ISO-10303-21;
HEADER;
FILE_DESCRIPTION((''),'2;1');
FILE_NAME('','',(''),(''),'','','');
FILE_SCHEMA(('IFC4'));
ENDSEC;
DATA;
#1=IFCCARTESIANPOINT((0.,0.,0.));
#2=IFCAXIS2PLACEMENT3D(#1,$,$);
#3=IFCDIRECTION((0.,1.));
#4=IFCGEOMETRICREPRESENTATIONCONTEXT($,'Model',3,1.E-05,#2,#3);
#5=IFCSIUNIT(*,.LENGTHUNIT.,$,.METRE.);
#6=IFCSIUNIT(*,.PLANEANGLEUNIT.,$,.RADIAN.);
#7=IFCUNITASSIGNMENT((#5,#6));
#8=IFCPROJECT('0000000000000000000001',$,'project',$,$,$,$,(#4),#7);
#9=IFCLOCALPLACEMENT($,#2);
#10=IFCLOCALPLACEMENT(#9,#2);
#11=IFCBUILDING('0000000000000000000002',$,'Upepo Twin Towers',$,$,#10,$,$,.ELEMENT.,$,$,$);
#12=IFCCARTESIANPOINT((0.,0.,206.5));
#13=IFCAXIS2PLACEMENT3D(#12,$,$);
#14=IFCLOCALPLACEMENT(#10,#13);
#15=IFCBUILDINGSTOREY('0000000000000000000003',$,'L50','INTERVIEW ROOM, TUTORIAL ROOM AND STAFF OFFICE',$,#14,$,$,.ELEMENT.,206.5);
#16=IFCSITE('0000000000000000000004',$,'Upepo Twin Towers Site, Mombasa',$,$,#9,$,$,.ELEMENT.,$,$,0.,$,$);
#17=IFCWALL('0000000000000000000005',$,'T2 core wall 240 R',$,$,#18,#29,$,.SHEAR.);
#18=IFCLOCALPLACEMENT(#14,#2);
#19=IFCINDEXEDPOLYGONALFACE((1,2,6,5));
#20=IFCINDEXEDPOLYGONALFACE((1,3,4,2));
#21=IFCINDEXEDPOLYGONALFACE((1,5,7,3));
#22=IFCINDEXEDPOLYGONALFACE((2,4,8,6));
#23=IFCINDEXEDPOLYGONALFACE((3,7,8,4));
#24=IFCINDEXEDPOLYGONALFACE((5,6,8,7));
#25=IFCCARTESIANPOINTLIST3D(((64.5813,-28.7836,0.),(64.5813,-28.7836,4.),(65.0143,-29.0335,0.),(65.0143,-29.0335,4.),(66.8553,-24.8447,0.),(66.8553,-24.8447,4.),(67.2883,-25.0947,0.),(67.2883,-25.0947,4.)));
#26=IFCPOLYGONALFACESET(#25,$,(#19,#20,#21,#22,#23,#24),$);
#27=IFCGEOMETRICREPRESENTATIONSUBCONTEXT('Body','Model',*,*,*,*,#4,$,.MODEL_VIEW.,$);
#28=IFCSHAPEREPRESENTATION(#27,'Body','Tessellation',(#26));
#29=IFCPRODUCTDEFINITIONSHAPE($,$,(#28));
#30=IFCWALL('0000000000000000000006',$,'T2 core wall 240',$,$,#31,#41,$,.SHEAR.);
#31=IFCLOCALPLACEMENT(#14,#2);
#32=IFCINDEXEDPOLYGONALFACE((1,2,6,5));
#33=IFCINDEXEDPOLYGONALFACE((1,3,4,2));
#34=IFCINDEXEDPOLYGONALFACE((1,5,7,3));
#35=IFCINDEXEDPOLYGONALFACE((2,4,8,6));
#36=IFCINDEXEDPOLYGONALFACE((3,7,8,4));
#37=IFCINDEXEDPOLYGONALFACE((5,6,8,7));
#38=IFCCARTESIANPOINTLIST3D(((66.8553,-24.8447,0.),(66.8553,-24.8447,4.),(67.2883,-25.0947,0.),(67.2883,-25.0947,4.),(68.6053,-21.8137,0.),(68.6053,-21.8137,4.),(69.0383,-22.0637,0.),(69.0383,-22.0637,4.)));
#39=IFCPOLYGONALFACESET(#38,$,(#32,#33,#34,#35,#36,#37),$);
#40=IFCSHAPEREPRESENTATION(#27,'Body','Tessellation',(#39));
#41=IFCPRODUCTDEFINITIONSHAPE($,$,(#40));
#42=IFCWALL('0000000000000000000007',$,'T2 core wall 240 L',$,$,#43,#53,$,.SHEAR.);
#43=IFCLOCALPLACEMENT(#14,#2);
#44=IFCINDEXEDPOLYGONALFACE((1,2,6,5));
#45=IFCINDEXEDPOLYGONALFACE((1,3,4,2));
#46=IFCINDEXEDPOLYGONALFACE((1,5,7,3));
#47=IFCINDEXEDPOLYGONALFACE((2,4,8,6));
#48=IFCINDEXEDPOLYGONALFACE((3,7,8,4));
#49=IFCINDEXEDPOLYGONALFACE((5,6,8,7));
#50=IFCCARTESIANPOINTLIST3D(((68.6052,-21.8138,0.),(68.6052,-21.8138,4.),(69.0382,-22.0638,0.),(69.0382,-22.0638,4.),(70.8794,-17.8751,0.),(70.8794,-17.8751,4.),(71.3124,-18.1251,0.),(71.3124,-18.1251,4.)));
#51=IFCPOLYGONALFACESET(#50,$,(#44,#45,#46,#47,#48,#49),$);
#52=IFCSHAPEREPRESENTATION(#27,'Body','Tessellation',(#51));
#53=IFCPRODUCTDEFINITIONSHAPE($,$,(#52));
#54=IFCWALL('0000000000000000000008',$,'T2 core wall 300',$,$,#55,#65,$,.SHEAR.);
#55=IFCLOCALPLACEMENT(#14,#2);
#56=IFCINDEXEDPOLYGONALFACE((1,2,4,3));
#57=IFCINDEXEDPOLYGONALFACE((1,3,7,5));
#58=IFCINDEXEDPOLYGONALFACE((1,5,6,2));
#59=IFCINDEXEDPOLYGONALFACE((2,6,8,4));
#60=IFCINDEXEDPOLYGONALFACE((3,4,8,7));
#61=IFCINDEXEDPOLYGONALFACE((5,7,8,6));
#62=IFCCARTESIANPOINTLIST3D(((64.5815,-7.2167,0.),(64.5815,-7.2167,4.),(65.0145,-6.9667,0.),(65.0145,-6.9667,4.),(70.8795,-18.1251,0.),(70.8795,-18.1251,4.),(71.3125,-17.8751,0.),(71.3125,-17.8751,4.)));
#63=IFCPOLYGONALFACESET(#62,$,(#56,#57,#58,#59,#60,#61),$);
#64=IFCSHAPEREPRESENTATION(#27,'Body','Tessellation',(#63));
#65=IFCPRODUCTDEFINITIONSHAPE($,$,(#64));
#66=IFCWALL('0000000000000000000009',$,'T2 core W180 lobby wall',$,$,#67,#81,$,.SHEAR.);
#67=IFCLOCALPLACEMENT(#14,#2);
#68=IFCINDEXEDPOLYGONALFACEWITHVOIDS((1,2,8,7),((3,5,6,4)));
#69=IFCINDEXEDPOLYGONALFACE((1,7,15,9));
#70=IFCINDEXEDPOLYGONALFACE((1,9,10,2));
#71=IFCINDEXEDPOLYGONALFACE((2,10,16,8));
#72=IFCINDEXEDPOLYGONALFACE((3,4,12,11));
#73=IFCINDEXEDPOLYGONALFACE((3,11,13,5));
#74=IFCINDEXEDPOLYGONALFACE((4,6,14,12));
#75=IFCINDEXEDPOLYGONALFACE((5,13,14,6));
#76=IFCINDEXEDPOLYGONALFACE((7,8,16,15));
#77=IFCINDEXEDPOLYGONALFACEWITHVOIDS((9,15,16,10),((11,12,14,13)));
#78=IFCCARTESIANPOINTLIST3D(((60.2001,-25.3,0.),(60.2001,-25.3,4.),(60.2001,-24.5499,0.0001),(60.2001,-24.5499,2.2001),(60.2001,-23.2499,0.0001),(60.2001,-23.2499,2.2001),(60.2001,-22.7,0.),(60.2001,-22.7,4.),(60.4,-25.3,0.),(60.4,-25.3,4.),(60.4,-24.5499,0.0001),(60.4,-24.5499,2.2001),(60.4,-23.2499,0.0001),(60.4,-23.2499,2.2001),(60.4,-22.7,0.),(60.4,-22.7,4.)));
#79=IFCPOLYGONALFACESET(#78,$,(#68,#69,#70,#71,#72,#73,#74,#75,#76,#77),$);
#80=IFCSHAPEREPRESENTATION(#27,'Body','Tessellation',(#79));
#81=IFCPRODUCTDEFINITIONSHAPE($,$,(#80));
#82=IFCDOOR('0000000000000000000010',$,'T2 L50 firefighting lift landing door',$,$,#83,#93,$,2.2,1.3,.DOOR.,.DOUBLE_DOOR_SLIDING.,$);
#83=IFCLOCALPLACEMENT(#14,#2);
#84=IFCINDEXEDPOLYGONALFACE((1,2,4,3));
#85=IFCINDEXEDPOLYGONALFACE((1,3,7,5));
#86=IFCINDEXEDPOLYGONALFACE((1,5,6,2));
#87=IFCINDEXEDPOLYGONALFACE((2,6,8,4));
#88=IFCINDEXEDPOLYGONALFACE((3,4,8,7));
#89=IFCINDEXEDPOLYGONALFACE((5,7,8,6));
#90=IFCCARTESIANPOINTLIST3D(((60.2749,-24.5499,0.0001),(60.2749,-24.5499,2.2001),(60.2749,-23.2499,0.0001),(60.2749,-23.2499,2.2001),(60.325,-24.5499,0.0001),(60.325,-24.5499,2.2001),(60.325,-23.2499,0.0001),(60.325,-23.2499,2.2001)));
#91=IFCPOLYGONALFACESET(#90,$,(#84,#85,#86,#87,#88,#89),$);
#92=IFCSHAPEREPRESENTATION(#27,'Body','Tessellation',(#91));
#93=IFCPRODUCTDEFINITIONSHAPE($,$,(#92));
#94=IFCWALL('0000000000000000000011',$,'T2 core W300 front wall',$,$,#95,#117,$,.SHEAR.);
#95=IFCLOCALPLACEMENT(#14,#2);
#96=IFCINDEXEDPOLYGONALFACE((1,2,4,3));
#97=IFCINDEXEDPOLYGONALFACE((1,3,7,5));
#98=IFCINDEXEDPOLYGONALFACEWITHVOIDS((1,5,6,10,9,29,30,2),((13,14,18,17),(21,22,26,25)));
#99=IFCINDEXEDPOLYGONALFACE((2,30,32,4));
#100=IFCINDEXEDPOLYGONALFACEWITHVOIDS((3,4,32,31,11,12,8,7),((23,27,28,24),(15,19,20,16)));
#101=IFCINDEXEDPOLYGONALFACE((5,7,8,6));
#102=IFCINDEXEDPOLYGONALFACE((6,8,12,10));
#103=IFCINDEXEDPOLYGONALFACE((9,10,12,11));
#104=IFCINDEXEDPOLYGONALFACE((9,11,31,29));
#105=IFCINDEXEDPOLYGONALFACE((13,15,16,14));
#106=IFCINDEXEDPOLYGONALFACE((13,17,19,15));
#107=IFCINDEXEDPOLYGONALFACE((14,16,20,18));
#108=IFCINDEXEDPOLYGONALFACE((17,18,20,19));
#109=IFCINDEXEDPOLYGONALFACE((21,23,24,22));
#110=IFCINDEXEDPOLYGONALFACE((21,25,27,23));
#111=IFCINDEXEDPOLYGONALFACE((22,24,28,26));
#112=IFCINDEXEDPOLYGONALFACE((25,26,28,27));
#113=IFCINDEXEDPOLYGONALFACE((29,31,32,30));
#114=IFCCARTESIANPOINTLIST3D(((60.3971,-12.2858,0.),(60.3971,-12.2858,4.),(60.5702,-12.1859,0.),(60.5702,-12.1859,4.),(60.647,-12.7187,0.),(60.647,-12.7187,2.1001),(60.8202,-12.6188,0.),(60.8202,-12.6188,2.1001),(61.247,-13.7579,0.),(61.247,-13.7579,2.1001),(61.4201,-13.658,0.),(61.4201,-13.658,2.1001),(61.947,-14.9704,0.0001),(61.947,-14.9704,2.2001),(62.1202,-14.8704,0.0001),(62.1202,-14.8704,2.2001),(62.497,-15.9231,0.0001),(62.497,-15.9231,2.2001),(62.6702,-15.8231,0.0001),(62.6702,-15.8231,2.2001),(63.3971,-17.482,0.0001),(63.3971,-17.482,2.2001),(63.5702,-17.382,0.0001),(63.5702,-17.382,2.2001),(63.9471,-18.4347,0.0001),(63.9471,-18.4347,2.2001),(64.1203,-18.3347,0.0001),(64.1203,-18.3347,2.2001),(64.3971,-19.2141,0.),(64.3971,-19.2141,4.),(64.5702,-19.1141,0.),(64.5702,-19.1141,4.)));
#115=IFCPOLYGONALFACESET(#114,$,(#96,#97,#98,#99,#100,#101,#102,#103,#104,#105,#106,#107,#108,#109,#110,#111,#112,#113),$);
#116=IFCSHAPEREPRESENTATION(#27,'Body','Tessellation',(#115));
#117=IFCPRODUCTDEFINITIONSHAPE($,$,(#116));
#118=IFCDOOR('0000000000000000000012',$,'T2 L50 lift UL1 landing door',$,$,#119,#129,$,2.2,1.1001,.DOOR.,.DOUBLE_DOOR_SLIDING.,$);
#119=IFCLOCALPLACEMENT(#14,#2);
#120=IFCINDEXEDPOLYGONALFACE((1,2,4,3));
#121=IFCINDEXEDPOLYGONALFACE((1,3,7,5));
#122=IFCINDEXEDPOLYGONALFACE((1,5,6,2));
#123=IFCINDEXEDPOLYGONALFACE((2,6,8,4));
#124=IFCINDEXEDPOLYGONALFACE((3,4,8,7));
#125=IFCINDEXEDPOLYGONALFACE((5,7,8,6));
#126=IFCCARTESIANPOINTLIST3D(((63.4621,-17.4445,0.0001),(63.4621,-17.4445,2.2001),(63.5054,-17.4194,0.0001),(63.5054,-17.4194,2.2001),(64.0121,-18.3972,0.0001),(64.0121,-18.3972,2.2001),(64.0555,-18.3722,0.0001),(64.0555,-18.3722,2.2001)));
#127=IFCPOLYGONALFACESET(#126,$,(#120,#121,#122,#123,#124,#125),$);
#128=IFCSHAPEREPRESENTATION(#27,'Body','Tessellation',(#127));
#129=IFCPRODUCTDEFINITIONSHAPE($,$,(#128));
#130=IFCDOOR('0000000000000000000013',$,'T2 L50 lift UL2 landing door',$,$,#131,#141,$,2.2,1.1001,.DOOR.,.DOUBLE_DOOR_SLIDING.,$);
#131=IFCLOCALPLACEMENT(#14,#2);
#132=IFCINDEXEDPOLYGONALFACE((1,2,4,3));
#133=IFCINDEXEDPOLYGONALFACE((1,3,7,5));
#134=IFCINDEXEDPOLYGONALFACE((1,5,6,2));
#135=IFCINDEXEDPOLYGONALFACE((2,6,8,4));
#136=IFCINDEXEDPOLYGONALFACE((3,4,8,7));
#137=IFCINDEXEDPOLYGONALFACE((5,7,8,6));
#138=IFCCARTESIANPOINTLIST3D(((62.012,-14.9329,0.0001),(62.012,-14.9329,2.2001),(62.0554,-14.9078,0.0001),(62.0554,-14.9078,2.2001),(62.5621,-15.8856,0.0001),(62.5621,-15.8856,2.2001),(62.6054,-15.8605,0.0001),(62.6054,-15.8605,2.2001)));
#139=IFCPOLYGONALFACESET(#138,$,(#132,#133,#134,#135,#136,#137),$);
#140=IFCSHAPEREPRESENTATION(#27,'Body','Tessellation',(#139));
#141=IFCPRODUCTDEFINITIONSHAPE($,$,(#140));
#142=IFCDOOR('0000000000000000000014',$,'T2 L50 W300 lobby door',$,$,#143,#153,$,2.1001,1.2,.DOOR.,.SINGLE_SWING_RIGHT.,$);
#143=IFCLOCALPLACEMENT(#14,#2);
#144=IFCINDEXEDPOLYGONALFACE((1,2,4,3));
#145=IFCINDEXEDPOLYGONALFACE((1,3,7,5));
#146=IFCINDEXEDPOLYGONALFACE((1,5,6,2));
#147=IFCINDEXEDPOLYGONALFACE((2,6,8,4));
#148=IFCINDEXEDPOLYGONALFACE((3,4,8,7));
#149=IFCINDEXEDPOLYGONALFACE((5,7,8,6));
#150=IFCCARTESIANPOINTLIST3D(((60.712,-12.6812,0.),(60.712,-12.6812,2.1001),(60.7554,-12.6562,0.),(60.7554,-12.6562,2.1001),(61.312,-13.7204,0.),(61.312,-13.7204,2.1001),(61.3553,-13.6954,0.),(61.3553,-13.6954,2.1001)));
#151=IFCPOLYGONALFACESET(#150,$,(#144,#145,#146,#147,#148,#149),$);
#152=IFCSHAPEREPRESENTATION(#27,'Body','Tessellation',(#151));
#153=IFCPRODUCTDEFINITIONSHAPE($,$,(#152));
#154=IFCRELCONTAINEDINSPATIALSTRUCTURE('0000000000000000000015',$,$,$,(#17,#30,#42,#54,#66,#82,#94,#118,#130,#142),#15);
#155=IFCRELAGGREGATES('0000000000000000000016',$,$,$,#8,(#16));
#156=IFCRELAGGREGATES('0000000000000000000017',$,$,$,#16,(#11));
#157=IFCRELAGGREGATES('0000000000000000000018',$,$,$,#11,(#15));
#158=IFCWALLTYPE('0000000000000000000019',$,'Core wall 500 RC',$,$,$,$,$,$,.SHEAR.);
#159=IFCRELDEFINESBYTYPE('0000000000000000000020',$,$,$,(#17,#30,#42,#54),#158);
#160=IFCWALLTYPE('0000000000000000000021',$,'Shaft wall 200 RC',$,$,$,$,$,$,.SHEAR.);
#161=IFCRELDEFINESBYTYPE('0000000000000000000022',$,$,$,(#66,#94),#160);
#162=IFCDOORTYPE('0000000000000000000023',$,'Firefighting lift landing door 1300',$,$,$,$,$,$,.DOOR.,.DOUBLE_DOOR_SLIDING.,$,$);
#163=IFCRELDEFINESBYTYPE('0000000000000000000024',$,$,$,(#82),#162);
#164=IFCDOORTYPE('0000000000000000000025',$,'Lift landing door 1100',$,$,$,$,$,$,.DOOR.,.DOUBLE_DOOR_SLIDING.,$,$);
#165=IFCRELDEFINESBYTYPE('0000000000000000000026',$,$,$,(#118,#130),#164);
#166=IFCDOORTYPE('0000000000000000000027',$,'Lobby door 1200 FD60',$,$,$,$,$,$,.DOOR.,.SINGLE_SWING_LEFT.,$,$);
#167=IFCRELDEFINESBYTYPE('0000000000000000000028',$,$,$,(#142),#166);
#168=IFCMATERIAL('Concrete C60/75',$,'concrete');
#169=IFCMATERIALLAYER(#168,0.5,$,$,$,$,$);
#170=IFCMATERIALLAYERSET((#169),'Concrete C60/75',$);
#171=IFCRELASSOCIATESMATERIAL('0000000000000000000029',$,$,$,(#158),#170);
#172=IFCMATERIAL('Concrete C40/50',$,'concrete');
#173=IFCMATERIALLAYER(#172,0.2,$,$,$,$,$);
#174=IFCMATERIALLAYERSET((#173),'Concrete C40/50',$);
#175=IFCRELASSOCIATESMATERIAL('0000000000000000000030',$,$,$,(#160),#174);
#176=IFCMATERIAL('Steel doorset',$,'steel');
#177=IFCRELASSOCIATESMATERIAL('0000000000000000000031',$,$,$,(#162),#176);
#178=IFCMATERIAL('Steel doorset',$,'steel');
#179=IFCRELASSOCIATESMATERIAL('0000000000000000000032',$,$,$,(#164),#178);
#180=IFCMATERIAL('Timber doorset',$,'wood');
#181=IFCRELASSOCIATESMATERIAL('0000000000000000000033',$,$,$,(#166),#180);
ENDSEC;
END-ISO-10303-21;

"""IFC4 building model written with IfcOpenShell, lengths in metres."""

from ifc_helpers import new_model, si_unit, direction, frame, frame_2d, origin, place, context, subcontext, project, spatial, rectangle, extrude, material, layer, layer_set, type_object, element, fill, save


model = new_model("IFC4")

# Units and contexts
model_context = context("Model", 3, precision=1e-05, world=origin(), true_north=direction((0.0, 1.0)))
body_context = subcontext(model_context, "Body", "Model", "MODEL_VIEW")
ifc_project = project(units=[si_unit("LENGTHUNIT", "METRE"), si_unit("PLANEANGLEUNIT", "RADIAN")], contexts=[model_context])

# Site, building, storey
site_placement = place(None, origin())
site = spatial("IfcSite", under=ifc_project, at=site_placement, Name="Upepo Twin Towers Site, Mombasa", CompositionType="ELEMENT", RefElevation=0.0)
building_placement = place(site_placement, origin())
building = spatial("IfcBuilding", under=site, at=building_placement, Name="Upepo Twin Towers", CompositionType="ELEMENT")
storey_placement = place(building_placement, frame((0.0, 0.0, 206.5)))
storey = spatial("IfcBuildingStorey", under=building, at=storey_placement, Name="L50", Description="INTERVIEW ROOM, TUTORIAL ROOM AND STAFF OFFICE", CompositionType="ELEMENT", Elevation=206.5)

# Walls
ifc_material_1 = material(Name="Concrete C60/75", Category="concrete")
ifc_layer_1 = layer(ifc_material_1, 0.5)
ifc_layer_set_1 = layer_set([ifc_layer_1], Name="Concrete C60/75")
wall_type_1 = type_object("IfcWallType", Name="Core wall 500 RC", PredefinedType="SHEAR", material=ifc_layer_set_1)
wall_1_placement = place(storey_placement, frame((64.7979, -28.9084, 0.0), z_axis=(0.0, 0.0, 1.0), x_axis=(0.499984, 0.866035, 0.0)))
element("IfcWall", 1, at=wall_1_placement, inside=storey, type_object=wall_type_1, Name="T2 core wall 240 R", PredefinedType="SHEAR", context=body_context, shape_type="SweptSolid", body=[
    extrude(rectangle(XDim=4.5481, YDim=0.5, at=frame_2d((2.2739, 0.0))), origin(), (0.0, 0.0, 1.0), 4.0),
])
wall_2_placement = place(storey_placement, frame((67.0718, -24.9697, 0.0), z_axis=(0.0, 0.0, 1.0), x_axis=(0.50001, 0.866019, 0.0)))
element("IfcWall", 2, at=wall_2_placement, inside=storey, type_object=wall_type_1, Name="T2 core wall 240", PredefinedType="SHEAR", context=body_context, shape_type="SweptSolid", body=[
    extrude(rectangle(XDim=3.5, YDim=0.5, at=frame_2d((1.75, 0.0))), origin(), (0.0, 0.0, 1.0), 4.0),
])
wall_3_placement = place(storey_placement, frame((68.8218, -21.9387, 0.0), z_axis=(0.0, 0.0, 1.0), x_axis=(0.500024, 0.866011, 0.0)))
element("IfcWall", 3, at=wall_3_placement, inside=storey, type_object=wall_type_1, Name="T2 core wall 240 L", PredefinedType="SHEAR", context=body_context, shape_type="SweptSolid", body=[
    extrude(rectangle(XDim=4.5481, YDim=0.5, at=frame_2d((2.2739, 0.0))), origin(), (0.0, 0.0, 1.0), 4.0),
])
wall_4_placement = place(storey_placement, frame((71.0959, -18.0, 0.0), z_axis=(0.0, 0.0, 1.0), x_axis=(-0.500006, 0.866022, 0.0)))
element("IfcWall", 4, at=wall_4_placement, inside=storey, type_object=wall_type_1, Name="T2 core wall 300", PredefinedType="SHEAR", context=body_context, shape_type="SweptSolid", body=[
    extrude(rectangle(XDim=12.5959, YDim=0.5, at=frame_2d((6.2979, 0.0))), origin(), (0.0, 0.0, 1.0), 4.0),
])

# Wall, opening, door
ifc_material_2 = material(Name="Concrete C40/50", Category="concrete")
ifc_layer_2 = layer(ifc_material_2, 0.2)
ifc_layer_set_2 = layer_set([ifc_layer_2], Name="Concrete C40/50")
wall_type_2 = type_object("IfcWallType", Name="Shaft wall 200 RC", PredefinedType="SHEAR", material=ifc_layer_set_2)
wall_5_placement = place(storey_placement, frame((60.3, -22.7, 0.0), z_axis=(0.0, 0.0, 1.0), x_axis=(0.0, -1.0, 0.0)))
wall_5 = element("IfcWall", 5, at=wall_5_placement, inside=storey, type_object=wall_type_2, Name="T2 core W180 lobby wall", PredefinedType="SHEAR", context=body_context, shape_type="SweptSolid", body=[
    extrude(rectangle(XDim=2.6001, YDim=0.2, at=frame_2d((1.3, 0.0))), origin(), (0.0, 0.0, 1.0), 4.0),
])
opening_1_placement = place(wall_5_placement, frame((0.55, 0.0, 0.0)))
opening_1 = element("IfcOpeningElement", 6, at=opening_1_placement, cuts=wall_5, PredefinedType="OPENING", context=body_context, shape_type="SweptSolid", body=[
    extrude(rectangle(XDim=1.3, YDim=2.2, at=frame_2d((0.6499, 1.1001))), frame((0.0, 0.1099, 0.0), z_axis=(0.0, -1.0, 0.0), x_axis=(1.0, 0.0, 0.0)), (0.0, 0.0, 1.0), 0.22),
])
ifc_material_3 = material(Name="Steel doorset", Category="steel")
door_type_1 = type_object("IfcDoorType", Name="Firefighting lift landing door 1300", OperationType="DOUBLE_DOOR_SLIDING", PredefinedType="DOOR", material=ifc_material_3)
door_1_placement = place(opening_1_placement, origin())
door_1 = element("IfcDoor", 7, at=door_1_placement, inside=storey, type_object=door_type_1, Name="T2 L50 firefighting lift landing door", OperationType="DOUBLE_DOOR_SLIDING", OverallHeight=2.2, OverallWidth=1.3, PredefinedType="DOOR", context=body_context, shape_type="SweptSolid", body=[
    extrude(rectangle(XDim=1.3, YDim=2.2, at=frame_2d((0.6499, 1.1001))), frame((0.0, 0.0249, 0.0), z_axis=(0.0, -1.0, 0.0), x_axis=(1.0, 0.0, 0.0)), (0.0, 0.0, 1.0), 0.05),
])
fill(opening_1, door_1)

# Wall, openings, doors
wall_6_placement = place(storey_placement, frame((64.4836, -19.1641, 0.0), z_axis=(0.0, 0.0, 1.0), x_axis=(-0.499999, 0.866026, 0.0)))
wall_6 = element("IfcWall", 8, at=wall_6_placement, inside=storey, type_object=wall_type_2, Name="T2 core W300 front wall", PredefinedType="SHEAR", context=body_context, shape_type="SweptSolid", body=[
    extrude(rectangle(XDim=8.0, YDim=0.2, at=frame_2d((4.0, 0.0))), origin(), (0.0, 0.0, 1.0), 4.0),
])
opening_2_placement = place(wall_6_placement, frame((6.3, 0.0, 0.0)))
opening_2 = element("IfcOpeningElement", 9, at=opening_2_placement, cuts=wall_6, PredefinedType="OPENING", context=body_context, shape_type="SweptSolid", body=[
    extrude(rectangle(XDim=1.2, YDim=2.1001, at=frame_2d((0.6001, 1.05))), frame((0.0, 0.1099, 0.0), z_axis=(0.0, -1.0, 0.0), x_axis=(1.0, 0.0, 0.0)), (0.0, 0.0, 1.0), 0.22),
])
opening_3_placement = place(wall_6_placement, frame((0.8999, 0.0, 0.0)))
opening_3 = element("IfcOpeningElement", 10, at=opening_3_placement, cuts=wall_6, PredefinedType="OPENING", context=body_context, shape_type="SweptSolid", body=[
    extrude(rectangle(XDim=1.1001, YDim=2.2, at=frame_2d((0.55, 1.1001))), frame((0.0, 0.1099, 0.0), z_axis=(0.0, -1.0, 0.0), x_axis=(1.0, 0.0, 0.0)), (0.0, 0.0, 1.0), 0.22),
])
opening_4_placement = place(wall_6_placement, frame((3.8, 0.0, 0.0)))
opening_4 = element("IfcOpeningElement", 11, at=opening_4_placement, cuts=wall_6, PredefinedType="OPENING", context=body_context, shape_type="SweptSolid", body=[
    extrude(rectangle(XDim=1.1001, YDim=2.2, at=frame_2d((0.55, 1.1001))), frame((0.0, 0.1099, 0.0), z_axis=(0.0, -1.0, 0.0), x_axis=(1.0, 0.0, 0.0)), (0.0, 0.0, 1.0), 0.22),
])
ifc_material_4 = material(Name="Steel doorset", Category="steel")
door_type_2 = type_object("IfcDoorType", Name="Lift landing door 1100", OperationType="DOUBLE_DOOR_SLIDING", PredefinedType="DOOR", material=ifc_material_4)
door_2_placement = place(opening_3_placement, origin())
door_2 = element("IfcDoor", 12, at=door_2_placement, inside=storey, type_object=door_type_2, Name="T2 L50 lift UL1 landing door", OperationType="DOUBLE_DOOR_SLIDING", OverallHeight=2.2, OverallWidth=1.1001, PredefinedType="DOOR", context=body_context, shape_type="SweptSolid", body=[
    extrude(rectangle(XDim=1.1001, YDim=2.2, at=frame_2d((0.55, 1.1001))), frame((0.0, 0.0249, 0.0), z_axis=(0.0, -1.0, 0.0), x_axis=(1.0, 0.0, 0.0)), (0.0, 0.0, 1.0), 0.05),
])
fill(opening_3, door_2)
door_3_placement = place(opening_4_placement, origin())
door_3 = element("IfcDoor", 13, at=door_3_placement, inside=storey, type_object=door_type_2, Name="T2 L50 lift UL2 landing door", OperationType="DOUBLE_DOOR_SLIDING", OverallHeight=2.2, OverallWidth=1.1001, PredefinedType="DOOR", context=body_context, shape_type="SweptSolid", body=[
    extrude(rectangle(XDim=1.1001, YDim=2.2, at=frame_2d((0.55, 1.1001))), frame((0.0, 0.0249, 0.0), z_axis=(0.0, -1.0, 0.0), x_axis=(1.0, 0.0, 0.0)), (0.0, 0.0, 1.0), 0.05),
])
fill(opening_4, door_3)
ifc_material_5 = material(Name="Timber doorset", Category="wood")
door_type_3 = type_object("IfcDoorType", Name="Lobby door 1200 FD60", OperationType="SINGLE_SWING_LEFT", PredefinedType="DOOR", material=ifc_material_5)
door_4_placement = place(opening_2_placement, origin())
door_4 = element("IfcDoor", 14, at=door_4_placement, inside=storey, type_object=door_type_3, Name="T2 L50 W300 lobby door", OperationType="SINGLE_SWING_RIGHT", OverallHeight=2.1001, OverallWidth=1.2, PredefinedType="DOOR", context=body_context, shape_type="SweptSolid", body=[
    extrude(rectangle(XDim=1.2, YDim=2.1001, at=frame_2d((0.6001, 1.05))), frame((0.0, 0.0249, 0.0), z_axis=(0.0, -1.0, 0.0), x_axis=(1.0, 0.0, 0.0)), (0.0, 0.0, 1.0), 0.05),
])
fill(opening_2, door_4)

save(model, "model.ifc")
